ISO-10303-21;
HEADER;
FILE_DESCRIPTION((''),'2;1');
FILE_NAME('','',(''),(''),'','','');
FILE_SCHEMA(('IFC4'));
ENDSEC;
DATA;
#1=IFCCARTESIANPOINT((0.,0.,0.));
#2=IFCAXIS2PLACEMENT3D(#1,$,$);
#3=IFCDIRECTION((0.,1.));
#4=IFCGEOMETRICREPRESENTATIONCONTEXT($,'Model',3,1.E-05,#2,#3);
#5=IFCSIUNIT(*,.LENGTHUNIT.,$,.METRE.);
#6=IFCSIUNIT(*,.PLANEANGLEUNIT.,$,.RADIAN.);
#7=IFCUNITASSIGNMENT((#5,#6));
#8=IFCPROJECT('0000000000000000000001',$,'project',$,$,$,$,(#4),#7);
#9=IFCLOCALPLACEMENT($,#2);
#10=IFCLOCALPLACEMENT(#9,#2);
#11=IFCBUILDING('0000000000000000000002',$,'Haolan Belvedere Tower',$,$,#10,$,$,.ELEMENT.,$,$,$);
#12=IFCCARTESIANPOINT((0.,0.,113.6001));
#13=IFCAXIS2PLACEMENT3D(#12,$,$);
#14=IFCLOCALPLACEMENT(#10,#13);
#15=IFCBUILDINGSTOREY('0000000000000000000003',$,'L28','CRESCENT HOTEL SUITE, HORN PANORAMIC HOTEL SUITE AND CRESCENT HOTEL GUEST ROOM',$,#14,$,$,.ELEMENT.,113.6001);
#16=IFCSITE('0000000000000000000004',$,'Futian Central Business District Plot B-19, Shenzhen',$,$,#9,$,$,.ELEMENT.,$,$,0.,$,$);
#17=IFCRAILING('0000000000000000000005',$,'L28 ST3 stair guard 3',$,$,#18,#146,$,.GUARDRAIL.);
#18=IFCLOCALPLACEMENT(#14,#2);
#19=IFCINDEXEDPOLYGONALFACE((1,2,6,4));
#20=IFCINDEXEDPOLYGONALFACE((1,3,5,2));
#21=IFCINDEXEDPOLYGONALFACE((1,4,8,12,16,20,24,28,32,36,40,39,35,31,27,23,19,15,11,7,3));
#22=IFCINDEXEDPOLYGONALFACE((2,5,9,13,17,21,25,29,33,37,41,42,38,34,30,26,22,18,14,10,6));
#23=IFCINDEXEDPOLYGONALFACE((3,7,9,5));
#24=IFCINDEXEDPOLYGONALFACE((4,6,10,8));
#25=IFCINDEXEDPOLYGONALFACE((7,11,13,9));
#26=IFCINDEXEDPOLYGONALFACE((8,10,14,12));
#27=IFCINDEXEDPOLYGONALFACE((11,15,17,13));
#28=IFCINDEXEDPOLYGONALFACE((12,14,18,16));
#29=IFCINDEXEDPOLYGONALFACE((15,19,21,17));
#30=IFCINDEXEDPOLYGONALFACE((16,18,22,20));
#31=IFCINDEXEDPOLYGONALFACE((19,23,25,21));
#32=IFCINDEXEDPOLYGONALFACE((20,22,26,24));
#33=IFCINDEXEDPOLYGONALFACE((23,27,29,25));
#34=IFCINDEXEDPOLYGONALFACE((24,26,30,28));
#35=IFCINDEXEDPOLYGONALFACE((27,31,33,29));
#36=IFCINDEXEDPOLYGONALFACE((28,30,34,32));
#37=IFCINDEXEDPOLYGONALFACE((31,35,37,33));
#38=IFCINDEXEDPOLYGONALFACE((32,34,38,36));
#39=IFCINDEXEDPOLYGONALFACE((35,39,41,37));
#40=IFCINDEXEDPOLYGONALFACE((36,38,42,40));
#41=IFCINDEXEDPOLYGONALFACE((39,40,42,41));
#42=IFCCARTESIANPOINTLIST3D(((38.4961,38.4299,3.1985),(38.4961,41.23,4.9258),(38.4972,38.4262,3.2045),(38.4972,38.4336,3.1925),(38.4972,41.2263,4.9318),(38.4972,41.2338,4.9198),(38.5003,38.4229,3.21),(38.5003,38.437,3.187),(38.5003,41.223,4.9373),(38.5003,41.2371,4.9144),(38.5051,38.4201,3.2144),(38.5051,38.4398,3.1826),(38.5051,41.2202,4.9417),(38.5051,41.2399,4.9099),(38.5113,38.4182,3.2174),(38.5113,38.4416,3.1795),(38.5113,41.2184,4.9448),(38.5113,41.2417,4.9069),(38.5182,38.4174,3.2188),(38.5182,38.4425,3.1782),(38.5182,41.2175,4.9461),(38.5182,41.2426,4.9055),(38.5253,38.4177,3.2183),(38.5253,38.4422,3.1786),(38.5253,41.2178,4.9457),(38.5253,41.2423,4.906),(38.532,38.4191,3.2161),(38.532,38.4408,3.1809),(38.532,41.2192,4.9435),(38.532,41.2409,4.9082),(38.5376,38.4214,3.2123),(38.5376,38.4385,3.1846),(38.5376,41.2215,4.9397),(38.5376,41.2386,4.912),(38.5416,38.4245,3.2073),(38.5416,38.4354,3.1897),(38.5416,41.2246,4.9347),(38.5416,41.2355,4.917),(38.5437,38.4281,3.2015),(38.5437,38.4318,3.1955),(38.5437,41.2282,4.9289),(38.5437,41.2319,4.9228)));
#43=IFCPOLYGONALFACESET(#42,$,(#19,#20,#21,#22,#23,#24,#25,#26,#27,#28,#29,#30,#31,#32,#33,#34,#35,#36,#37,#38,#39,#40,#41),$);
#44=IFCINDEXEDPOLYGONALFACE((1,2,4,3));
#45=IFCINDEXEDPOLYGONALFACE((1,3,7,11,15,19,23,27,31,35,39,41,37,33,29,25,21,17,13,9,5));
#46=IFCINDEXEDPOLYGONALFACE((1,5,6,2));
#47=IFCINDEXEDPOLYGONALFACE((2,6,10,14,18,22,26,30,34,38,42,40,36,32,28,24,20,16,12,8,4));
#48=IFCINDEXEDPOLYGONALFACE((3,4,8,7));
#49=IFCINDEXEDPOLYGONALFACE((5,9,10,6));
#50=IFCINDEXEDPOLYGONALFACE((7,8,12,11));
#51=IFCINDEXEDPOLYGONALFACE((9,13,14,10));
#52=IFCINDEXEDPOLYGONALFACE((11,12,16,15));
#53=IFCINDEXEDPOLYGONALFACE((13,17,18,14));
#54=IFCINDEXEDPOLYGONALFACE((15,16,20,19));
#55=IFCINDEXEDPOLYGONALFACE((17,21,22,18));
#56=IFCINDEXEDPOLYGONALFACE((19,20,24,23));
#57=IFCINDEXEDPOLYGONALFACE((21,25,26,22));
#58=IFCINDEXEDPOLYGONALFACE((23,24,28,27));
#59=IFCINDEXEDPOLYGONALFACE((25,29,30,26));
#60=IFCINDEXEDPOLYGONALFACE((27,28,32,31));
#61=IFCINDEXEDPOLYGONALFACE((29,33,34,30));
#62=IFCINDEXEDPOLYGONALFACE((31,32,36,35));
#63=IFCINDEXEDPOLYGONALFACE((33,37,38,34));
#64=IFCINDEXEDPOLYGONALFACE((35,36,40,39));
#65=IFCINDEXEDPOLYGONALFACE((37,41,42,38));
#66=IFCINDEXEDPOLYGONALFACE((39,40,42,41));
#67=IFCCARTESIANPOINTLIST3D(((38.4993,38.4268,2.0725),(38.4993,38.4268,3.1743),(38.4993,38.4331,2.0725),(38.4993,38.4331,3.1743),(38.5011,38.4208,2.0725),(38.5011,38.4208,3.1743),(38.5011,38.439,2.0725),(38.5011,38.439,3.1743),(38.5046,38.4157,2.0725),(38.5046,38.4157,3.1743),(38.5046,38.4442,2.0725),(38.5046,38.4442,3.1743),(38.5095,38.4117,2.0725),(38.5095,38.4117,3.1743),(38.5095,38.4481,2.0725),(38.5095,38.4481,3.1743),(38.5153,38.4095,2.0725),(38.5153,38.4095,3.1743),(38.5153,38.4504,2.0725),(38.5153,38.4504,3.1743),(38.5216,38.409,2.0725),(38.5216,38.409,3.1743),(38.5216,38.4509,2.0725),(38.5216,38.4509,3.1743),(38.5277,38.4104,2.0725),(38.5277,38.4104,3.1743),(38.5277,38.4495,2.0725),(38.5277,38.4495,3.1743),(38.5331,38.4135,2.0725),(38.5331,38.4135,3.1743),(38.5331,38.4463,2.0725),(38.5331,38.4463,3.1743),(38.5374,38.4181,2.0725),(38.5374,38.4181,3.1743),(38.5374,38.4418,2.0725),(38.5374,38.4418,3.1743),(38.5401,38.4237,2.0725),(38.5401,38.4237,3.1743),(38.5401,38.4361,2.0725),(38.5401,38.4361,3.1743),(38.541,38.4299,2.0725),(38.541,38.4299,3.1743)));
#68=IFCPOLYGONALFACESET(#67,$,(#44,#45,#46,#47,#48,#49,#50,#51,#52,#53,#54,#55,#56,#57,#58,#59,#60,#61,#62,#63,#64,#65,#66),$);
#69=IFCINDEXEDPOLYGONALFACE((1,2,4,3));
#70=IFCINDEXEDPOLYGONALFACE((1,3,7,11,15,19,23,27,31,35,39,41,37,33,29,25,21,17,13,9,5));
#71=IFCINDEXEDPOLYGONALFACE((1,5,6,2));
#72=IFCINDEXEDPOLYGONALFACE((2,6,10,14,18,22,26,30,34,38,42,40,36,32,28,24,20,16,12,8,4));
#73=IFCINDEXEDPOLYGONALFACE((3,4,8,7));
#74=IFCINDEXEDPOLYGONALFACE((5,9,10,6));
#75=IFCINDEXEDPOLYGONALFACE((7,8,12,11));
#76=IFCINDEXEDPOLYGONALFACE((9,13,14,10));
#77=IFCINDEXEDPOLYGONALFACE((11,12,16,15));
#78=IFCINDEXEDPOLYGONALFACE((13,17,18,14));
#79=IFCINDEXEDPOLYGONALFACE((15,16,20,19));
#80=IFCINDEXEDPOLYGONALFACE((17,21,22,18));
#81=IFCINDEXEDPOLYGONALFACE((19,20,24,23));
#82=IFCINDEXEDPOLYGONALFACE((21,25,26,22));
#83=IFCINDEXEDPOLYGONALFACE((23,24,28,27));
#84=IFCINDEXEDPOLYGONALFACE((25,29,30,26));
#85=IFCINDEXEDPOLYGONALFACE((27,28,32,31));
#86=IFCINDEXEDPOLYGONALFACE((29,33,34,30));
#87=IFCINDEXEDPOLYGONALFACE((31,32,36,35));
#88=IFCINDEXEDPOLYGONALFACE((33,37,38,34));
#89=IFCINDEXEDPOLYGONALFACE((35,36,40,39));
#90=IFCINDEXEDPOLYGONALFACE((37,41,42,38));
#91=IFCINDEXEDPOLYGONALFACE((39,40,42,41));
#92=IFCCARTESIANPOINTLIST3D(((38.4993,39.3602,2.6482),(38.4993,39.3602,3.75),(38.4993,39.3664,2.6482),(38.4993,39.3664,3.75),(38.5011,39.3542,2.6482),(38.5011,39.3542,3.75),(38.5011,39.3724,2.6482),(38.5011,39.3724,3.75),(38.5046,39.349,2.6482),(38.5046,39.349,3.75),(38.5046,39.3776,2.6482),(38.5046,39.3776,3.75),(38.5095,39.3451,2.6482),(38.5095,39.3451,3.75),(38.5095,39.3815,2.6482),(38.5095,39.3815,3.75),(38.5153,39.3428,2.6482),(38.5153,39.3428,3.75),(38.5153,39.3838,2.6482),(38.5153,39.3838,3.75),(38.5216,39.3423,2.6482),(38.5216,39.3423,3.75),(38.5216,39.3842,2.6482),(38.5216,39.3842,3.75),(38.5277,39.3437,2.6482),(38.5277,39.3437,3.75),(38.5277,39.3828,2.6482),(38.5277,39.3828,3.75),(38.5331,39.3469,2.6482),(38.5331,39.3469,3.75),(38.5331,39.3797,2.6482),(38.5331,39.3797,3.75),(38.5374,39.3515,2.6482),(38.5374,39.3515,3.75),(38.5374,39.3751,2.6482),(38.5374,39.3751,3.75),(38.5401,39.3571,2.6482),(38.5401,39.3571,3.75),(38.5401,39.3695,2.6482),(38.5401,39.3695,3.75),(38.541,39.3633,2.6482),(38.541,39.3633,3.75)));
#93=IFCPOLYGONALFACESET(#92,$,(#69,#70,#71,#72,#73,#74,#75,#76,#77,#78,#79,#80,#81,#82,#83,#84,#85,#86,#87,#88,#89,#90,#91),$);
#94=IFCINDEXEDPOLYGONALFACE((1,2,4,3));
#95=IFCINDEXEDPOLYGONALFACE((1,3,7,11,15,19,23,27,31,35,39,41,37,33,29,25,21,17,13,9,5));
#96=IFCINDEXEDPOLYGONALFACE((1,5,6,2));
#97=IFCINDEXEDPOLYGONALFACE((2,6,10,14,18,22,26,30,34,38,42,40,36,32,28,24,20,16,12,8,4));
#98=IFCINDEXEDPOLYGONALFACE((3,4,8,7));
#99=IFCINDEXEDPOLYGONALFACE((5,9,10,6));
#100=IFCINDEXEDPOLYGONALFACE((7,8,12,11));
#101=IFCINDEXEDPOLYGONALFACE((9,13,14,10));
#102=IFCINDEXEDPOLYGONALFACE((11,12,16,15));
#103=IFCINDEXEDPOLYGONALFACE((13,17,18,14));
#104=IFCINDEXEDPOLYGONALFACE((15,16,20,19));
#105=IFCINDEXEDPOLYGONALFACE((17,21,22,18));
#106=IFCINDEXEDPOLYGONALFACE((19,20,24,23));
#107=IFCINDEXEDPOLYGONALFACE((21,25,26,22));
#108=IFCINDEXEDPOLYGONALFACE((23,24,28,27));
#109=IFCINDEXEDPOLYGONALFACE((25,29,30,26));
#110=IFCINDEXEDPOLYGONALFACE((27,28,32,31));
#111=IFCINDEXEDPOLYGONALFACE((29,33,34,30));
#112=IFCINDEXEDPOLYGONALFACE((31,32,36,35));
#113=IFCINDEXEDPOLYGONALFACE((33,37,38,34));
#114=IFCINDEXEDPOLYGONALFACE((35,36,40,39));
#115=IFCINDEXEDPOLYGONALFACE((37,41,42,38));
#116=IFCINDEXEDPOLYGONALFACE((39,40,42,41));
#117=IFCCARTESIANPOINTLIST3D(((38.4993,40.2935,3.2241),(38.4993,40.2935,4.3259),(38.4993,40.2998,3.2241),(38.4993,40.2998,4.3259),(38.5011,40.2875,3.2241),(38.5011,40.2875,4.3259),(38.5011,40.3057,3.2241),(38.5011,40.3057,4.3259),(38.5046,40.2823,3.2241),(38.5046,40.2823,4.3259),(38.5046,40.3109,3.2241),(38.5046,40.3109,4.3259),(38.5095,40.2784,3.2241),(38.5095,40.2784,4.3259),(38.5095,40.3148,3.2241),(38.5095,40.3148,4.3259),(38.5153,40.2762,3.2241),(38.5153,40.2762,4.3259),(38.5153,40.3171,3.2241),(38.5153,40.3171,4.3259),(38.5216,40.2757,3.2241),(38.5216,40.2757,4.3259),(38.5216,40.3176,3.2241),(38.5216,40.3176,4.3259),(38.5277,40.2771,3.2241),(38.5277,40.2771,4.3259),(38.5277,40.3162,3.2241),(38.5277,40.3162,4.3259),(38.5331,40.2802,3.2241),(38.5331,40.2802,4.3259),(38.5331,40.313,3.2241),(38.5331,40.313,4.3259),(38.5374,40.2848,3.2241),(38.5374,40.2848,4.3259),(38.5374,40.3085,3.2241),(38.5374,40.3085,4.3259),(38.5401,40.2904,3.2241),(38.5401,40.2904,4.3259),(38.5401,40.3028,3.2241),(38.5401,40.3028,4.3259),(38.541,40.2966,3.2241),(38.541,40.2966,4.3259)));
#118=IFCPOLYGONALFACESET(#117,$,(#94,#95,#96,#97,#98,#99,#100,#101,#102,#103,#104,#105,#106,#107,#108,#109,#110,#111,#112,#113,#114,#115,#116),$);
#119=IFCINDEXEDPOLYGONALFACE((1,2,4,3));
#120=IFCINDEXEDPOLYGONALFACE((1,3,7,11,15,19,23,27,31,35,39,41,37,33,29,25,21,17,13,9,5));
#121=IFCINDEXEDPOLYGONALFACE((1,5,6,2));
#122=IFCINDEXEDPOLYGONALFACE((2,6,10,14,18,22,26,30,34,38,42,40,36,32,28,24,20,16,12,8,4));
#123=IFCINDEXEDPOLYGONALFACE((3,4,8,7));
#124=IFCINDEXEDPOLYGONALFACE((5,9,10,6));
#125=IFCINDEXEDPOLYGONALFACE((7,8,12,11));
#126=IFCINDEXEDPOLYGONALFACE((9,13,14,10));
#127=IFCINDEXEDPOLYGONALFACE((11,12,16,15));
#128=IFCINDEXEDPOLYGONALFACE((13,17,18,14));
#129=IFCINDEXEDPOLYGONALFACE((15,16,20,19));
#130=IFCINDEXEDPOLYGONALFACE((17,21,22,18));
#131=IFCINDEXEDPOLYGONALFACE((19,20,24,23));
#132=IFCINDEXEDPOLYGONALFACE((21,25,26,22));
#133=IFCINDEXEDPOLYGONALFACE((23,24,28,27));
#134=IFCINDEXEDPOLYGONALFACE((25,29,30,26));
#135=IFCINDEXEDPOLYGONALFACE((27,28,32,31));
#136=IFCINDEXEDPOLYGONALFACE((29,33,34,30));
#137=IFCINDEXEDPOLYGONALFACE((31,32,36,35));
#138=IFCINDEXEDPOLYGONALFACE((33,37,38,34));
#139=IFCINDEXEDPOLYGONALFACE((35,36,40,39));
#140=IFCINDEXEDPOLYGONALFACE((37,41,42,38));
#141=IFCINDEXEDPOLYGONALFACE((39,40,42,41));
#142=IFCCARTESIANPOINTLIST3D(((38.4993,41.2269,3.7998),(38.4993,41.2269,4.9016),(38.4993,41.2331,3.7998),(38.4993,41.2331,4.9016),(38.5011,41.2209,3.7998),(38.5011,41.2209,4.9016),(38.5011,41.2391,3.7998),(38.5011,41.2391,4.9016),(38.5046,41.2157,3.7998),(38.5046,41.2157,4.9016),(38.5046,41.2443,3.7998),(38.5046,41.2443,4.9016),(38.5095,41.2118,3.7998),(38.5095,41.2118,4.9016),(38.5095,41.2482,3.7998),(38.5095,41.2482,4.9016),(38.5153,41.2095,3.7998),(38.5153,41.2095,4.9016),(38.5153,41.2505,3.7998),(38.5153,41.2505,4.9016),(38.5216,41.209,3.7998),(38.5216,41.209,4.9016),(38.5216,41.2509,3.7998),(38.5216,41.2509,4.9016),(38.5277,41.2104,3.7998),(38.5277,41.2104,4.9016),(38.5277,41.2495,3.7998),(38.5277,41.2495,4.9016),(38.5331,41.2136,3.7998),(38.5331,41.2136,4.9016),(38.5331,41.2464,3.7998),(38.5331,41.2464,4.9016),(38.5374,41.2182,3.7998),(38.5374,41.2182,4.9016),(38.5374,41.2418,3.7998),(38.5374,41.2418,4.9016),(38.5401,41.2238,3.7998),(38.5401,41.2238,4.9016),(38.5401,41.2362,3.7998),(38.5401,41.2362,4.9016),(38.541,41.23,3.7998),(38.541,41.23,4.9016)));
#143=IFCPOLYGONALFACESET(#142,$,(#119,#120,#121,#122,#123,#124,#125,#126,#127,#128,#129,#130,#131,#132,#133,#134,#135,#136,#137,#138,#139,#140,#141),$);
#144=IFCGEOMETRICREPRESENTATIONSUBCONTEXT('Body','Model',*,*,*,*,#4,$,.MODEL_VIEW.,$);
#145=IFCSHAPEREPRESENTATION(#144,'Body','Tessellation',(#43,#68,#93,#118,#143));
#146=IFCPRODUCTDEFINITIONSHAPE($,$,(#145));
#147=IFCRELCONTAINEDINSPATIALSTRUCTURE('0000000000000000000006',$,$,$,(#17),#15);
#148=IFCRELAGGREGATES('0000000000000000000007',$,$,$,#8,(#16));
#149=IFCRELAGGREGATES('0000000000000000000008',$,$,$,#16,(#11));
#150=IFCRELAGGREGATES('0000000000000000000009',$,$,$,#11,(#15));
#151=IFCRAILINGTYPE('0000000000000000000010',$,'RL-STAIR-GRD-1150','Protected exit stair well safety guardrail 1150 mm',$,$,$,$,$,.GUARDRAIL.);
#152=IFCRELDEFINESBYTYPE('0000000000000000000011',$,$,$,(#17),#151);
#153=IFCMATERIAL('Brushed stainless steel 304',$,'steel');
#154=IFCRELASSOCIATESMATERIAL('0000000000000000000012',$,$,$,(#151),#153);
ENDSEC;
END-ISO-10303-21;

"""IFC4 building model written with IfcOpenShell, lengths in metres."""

from ifc_helpers import new_model, si_unit, direction, frame, origin, origin_2d, place, context, subcontext, project, spatial, circle, extrude, material, type_object, element, save


model = new_model("IFC4")

# Units and contexts
model_context = context("Model", 3, precision=1e-05, world=origin(), true_north=direction((0.0, 1.0)))
body_context = subcontext(model_context, "Body", "Model", "MODEL_VIEW")
ifc_project = project(units=[si_unit("LENGTHUNIT", "METRE"), si_unit("PLANEANGLEUNIT", "RADIAN")], contexts=[model_context])

# Site, building, storey
site_placement = place(None, origin())
site = spatial("IfcSite", under=ifc_project, at=site_placement, Name="Futian Central Business District Plot B-19, Shenzhen", CompositionType="ELEMENT", RefElevation=0.0)
building_placement = place(site_placement, origin())
building = spatial("IfcBuilding", under=site, at=building_placement, Name="Haolan Belvedere Tower", CompositionType="ELEMENT")
storey_placement = place(building_placement, frame((0.0, 0.0, 113.6001)))
storey = spatial("IfcBuildingStorey", under=building, at=storey_placement, Name="L28", Description="CRESCENT HOTEL SUITE, HORN PANORAMIC HOTEL SUITE AND CRESCENT HOTEL GUEST ROOM", CompositionType="ELEMENT", Elevation=113.6001)

# Railing
ifc_material_1 = material(Name="Brushed stainless steel 304", Category="steel")
railing_type_1 = type_object("IfcRailingType", Name="RL-STAIR-GRD-1150", Description="Protected exit stair well safety guardrail 1150 mm", PredefinedType="GUARDRAIL", material=ifc_material_1)
railing_1_placement = place(storey_placement, frame((38.52, 38.4299, 2.0725)))
element("IfcRailing", 1, at=railing_1_placement, inside=storey, type_object=railing_type_1, Name="L28 ST3 stair guard 3", PredefinedType="GUARDRAIL", context=body_context, shape_type="SweptSolid", body=[
    extrude(circle(Radius=0.0239, at=origin_2d()), frame((0.0, 0.0, 1.126), z_axis=(0.0, 0.85109, 0.52502), x_axis=(-1.0, 0.0, 0.0)), (0.0, 0.0, 1.0), 3.29),
    extrude(circle(Radius=0.021, at=origin_2d()), origin(), (0.0, 0.0, 1.0), 1.1018),
    extrude(circle(Radius=0.021, at=origin_2d()), frame((0.0, 0.9333, 0.5757)), (0.0, 0.0, 1.0), 1.1018),
    extrude(circle(Radius=0.021, at=origin_2d()), frame((0.0, 1.8667, 1.1516)), (0.0, 0.0, 1.0), 1.1018),
    extrude(circle(Radius=0.021, at=origin_2d()), frame((0.0, 2.8, 1.7273)), (0.0, 0.0, 1.0), 1.1018),
])

save(model, "model.ifc")
